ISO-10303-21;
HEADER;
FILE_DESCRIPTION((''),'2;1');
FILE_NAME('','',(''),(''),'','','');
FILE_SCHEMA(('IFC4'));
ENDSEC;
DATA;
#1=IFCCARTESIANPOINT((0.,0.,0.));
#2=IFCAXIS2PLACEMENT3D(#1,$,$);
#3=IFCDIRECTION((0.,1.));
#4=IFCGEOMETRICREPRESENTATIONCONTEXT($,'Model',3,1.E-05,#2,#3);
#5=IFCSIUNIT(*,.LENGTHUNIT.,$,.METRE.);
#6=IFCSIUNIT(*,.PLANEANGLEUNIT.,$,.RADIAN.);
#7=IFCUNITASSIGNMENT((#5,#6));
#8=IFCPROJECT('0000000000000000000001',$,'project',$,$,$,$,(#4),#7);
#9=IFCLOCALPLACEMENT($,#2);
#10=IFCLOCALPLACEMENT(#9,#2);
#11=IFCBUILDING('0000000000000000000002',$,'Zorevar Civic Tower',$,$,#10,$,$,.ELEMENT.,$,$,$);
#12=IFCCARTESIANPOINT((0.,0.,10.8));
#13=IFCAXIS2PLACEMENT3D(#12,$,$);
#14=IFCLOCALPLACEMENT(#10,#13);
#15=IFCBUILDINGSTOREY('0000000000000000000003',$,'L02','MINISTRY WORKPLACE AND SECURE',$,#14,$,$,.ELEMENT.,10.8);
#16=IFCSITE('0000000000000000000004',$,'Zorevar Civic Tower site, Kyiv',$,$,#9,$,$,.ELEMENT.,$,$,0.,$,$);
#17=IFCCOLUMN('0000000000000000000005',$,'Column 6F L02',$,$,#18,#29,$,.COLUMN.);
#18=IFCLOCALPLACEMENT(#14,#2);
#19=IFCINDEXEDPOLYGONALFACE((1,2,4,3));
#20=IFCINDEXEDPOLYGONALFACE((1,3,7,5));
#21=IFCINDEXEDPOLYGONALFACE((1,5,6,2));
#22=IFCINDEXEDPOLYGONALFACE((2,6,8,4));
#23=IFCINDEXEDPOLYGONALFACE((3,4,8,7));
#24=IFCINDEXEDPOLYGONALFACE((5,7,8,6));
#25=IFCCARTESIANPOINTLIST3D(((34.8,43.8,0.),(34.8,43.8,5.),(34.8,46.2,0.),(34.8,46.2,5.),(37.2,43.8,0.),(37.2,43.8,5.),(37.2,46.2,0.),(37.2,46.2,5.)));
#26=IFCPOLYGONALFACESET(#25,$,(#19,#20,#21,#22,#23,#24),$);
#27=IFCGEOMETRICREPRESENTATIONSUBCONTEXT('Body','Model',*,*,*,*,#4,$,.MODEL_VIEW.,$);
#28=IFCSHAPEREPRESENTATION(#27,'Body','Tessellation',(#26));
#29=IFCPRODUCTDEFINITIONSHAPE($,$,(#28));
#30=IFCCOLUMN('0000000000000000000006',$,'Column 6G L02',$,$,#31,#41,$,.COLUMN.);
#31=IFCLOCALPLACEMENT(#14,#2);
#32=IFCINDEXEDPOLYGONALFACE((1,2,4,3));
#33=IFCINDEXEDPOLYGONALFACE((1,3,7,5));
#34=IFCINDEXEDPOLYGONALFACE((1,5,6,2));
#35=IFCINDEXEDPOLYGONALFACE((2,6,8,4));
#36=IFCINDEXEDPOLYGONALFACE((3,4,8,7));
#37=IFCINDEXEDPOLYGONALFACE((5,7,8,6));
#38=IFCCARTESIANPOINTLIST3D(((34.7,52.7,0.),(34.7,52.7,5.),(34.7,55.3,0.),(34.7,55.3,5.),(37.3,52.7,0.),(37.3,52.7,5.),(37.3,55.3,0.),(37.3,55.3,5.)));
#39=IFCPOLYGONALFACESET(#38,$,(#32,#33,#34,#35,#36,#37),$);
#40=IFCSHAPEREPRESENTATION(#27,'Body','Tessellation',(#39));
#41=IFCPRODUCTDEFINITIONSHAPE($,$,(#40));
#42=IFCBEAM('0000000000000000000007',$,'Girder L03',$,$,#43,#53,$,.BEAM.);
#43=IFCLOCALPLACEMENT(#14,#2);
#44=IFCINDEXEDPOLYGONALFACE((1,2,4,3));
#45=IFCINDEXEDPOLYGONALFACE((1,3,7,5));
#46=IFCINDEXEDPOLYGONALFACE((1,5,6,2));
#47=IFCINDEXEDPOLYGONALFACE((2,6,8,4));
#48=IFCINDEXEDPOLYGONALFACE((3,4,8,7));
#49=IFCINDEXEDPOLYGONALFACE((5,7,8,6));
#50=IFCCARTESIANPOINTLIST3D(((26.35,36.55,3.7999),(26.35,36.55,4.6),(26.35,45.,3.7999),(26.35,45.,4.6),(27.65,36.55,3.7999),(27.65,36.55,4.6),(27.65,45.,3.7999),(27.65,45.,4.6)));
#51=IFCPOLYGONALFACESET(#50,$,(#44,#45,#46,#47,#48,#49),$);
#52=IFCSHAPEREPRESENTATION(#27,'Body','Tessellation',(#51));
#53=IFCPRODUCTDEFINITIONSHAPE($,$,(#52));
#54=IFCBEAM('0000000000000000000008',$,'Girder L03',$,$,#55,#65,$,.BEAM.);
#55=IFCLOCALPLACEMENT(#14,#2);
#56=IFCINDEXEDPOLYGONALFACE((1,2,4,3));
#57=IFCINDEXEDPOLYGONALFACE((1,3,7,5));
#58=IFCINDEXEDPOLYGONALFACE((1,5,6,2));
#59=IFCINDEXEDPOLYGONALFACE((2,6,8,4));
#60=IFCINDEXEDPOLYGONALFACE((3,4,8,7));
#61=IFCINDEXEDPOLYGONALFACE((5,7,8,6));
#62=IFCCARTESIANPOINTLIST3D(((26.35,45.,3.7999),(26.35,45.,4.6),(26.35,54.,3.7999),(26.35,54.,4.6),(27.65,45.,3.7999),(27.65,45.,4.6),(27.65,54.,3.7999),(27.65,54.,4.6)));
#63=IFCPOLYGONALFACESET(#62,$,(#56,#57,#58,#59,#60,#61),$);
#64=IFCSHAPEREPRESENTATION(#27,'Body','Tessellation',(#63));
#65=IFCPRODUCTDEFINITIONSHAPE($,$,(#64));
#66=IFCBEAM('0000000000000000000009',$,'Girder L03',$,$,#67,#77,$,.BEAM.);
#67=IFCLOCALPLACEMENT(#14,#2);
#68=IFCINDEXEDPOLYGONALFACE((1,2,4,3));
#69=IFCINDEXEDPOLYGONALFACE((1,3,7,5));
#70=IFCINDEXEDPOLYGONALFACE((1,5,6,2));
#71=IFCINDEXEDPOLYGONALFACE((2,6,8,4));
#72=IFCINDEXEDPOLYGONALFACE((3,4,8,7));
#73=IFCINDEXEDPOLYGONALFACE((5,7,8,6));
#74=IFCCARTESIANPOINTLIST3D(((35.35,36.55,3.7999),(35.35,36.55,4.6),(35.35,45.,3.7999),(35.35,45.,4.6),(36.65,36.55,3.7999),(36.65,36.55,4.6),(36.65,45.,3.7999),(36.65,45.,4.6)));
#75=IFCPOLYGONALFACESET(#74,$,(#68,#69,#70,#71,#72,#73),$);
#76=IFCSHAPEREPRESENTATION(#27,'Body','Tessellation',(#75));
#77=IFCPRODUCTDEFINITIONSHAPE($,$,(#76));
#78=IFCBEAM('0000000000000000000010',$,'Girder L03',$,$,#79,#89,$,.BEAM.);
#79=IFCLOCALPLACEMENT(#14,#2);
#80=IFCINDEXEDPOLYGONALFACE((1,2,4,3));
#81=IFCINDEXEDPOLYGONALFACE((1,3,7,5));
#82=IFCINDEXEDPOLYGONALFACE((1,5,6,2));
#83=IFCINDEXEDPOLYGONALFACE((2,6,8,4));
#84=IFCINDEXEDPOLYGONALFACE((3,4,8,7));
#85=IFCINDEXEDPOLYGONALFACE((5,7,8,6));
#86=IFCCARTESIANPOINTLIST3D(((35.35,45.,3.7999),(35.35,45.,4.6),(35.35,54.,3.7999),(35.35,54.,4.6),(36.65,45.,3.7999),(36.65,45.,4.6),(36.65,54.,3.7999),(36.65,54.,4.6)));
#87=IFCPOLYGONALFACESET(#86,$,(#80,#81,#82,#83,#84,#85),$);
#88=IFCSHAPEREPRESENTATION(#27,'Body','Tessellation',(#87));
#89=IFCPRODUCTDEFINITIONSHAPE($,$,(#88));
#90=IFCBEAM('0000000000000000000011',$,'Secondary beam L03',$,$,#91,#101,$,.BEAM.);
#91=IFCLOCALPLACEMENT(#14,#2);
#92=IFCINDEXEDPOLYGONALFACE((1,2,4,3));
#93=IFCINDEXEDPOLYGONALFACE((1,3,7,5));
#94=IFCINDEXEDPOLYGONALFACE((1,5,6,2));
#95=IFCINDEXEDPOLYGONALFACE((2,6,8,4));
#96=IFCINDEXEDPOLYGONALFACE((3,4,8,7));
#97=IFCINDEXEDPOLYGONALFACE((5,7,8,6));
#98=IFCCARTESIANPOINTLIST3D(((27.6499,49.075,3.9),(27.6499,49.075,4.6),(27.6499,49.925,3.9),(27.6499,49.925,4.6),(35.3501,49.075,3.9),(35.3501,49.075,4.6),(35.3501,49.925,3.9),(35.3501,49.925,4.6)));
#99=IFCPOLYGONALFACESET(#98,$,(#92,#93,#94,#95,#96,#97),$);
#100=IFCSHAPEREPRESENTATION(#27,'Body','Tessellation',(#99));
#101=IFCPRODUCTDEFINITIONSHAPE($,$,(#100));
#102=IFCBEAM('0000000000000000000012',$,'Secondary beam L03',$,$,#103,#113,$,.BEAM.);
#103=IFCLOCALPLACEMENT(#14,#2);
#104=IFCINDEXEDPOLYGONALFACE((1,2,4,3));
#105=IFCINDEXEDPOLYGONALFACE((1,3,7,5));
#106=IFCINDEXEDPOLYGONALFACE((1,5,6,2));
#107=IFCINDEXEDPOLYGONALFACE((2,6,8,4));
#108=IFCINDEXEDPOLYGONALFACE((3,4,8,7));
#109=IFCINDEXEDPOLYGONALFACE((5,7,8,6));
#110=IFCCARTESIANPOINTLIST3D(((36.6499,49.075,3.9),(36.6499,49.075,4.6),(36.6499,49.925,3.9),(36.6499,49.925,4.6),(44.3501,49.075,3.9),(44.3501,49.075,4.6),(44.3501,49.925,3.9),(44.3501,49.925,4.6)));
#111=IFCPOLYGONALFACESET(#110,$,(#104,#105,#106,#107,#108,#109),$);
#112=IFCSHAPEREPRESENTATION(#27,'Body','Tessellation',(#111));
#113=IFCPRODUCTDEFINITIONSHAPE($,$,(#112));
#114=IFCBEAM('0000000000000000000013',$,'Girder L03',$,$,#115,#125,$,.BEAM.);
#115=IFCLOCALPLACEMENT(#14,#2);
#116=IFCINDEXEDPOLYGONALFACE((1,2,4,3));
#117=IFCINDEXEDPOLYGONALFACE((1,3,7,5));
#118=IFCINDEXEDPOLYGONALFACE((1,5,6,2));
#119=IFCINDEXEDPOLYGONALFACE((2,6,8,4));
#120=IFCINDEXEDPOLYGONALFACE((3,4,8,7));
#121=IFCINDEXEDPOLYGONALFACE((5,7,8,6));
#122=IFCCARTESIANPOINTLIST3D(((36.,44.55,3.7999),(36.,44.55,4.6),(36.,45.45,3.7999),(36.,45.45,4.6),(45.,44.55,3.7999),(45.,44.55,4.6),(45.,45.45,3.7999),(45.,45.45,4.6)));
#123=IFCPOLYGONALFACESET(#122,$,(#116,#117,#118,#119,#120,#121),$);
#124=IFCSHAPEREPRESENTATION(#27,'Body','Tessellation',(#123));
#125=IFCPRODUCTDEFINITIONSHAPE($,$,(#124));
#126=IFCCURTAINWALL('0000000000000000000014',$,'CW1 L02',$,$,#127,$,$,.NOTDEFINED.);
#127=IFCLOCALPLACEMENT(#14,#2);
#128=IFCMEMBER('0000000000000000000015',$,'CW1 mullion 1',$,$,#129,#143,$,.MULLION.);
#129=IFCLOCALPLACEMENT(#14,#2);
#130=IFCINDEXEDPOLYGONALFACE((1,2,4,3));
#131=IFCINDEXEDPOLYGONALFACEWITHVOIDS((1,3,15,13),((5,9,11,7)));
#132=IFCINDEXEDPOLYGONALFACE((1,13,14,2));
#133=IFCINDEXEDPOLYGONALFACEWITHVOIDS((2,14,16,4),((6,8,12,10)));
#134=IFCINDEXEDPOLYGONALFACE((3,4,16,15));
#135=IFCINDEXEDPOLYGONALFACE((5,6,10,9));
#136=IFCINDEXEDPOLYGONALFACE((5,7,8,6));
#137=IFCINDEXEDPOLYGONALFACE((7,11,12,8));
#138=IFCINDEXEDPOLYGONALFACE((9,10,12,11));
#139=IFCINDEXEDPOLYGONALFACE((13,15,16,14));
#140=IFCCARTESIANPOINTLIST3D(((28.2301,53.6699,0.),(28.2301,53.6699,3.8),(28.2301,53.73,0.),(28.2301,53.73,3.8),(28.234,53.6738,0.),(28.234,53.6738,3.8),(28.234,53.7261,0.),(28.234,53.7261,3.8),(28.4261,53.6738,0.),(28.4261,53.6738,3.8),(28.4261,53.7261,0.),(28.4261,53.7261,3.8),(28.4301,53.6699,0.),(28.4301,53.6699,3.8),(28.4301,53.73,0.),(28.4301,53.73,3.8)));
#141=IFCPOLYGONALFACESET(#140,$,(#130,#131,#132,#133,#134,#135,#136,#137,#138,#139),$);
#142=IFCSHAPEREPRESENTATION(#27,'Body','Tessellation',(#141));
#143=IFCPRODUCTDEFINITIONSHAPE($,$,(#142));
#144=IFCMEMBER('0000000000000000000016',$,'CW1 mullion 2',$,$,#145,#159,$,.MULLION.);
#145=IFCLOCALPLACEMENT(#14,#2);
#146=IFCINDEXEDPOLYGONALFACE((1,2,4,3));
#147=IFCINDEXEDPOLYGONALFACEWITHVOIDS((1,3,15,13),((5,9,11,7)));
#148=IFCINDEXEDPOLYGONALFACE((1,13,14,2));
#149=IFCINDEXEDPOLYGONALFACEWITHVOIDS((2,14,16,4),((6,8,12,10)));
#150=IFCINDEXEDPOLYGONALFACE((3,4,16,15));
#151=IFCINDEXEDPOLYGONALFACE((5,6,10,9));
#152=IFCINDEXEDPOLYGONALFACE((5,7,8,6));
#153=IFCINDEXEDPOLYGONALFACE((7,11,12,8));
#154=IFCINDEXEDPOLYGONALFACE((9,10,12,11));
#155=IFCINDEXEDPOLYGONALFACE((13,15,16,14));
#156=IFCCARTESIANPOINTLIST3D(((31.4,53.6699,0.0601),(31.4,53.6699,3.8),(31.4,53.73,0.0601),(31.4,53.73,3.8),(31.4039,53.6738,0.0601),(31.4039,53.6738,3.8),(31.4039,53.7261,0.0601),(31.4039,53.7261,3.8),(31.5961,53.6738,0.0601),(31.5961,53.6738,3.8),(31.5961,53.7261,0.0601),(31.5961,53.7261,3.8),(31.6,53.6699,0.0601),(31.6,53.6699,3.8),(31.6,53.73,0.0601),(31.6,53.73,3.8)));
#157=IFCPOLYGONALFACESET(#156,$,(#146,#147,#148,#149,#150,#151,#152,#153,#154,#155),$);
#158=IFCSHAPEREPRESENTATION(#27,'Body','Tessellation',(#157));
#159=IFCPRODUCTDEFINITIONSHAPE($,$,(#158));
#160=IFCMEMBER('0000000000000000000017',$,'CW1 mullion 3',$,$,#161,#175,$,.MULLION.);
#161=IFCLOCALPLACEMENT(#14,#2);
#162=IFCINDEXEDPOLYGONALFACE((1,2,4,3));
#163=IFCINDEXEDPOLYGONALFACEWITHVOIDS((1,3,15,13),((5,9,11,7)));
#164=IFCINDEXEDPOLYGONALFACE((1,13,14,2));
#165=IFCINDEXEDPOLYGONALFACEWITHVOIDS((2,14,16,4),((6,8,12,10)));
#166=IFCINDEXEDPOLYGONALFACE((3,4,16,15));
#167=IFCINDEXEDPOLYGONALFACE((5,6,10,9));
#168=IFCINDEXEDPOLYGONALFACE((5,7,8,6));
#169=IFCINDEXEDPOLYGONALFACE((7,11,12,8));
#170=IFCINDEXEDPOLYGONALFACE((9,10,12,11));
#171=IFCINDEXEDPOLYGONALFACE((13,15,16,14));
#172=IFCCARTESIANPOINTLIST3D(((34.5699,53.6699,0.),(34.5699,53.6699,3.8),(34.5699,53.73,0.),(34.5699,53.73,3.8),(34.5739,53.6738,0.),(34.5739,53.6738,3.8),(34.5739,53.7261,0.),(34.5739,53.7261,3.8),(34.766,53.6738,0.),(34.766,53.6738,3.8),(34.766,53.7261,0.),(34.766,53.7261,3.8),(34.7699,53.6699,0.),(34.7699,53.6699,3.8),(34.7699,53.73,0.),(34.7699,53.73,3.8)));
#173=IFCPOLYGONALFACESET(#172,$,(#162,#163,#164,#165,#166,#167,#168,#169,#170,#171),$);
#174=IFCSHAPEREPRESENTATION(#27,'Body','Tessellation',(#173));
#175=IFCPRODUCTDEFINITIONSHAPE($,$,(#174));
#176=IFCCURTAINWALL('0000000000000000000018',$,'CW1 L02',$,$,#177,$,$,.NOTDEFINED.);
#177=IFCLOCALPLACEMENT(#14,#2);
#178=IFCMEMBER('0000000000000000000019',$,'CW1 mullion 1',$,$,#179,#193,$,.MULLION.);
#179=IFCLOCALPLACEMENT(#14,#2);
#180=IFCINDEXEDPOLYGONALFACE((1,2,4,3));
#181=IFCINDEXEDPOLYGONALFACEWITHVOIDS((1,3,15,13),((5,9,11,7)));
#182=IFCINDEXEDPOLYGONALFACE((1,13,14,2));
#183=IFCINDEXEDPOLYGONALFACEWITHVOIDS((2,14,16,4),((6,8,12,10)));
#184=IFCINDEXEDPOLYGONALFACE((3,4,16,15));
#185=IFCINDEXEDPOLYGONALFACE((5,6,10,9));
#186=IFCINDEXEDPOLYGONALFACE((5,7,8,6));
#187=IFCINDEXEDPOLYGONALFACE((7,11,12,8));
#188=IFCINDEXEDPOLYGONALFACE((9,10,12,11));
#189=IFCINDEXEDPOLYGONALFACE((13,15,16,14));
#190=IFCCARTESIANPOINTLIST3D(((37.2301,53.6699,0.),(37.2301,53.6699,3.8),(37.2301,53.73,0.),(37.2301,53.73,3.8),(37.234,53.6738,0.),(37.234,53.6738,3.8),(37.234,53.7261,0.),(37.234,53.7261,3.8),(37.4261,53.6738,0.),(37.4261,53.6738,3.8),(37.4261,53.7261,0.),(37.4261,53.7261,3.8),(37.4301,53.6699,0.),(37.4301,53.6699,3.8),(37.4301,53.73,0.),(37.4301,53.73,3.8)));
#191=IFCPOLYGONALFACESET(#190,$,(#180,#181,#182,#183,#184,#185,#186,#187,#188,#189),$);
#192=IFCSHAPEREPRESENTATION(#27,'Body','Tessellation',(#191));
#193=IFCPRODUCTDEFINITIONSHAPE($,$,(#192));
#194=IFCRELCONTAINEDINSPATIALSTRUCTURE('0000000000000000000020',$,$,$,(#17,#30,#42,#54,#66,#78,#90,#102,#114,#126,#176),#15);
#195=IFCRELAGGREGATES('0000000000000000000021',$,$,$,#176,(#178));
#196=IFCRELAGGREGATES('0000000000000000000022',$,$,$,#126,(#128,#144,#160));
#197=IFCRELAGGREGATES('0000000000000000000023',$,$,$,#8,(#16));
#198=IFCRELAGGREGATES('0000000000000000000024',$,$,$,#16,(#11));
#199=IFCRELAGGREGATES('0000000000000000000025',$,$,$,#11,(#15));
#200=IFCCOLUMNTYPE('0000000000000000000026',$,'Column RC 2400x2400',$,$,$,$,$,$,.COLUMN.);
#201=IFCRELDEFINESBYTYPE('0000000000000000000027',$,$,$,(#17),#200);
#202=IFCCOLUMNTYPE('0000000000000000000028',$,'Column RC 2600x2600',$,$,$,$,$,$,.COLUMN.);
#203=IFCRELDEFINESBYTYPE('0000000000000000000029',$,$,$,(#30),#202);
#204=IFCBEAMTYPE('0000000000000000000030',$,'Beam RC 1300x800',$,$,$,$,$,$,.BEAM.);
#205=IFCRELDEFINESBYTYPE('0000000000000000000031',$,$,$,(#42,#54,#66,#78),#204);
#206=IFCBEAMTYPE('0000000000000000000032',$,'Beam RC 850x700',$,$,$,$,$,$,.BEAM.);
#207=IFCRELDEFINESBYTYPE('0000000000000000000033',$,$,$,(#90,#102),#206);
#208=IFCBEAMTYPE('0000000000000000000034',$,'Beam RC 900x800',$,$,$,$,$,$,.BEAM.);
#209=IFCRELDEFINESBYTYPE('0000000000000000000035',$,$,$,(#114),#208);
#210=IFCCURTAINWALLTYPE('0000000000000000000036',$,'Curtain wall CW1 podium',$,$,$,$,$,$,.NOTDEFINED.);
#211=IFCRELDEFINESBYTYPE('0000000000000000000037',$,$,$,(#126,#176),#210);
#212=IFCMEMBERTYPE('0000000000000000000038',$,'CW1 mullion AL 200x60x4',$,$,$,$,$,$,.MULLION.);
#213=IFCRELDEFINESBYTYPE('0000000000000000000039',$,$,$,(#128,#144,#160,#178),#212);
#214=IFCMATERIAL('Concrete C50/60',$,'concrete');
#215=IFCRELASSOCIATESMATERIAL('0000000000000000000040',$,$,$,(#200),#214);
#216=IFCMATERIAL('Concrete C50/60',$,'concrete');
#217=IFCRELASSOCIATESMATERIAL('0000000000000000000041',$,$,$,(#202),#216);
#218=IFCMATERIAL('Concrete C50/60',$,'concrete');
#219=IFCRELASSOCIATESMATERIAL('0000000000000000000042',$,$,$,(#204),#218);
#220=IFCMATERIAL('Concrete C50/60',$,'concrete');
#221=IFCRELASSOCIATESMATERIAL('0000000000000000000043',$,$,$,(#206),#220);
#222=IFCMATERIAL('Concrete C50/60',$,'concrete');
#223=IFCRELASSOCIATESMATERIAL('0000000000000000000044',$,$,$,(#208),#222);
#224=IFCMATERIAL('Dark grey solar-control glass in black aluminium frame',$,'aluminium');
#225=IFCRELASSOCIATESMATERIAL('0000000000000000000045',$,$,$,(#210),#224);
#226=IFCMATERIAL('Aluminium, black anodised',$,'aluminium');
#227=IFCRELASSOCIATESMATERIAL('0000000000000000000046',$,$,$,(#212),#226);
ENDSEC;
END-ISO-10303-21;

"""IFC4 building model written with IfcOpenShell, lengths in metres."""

from ifc_helpers import new_model, si_unit, direction, frame, origin, origin_2d, place, context, subcontext, project, spatial, rectangle, hollow_rectangle, extrude, material, material_profile, profile_set, type_object, element, aggregate, save


model = new_model("IFC4")

# Units and contexts
model_context = context("Model", 3, precision=1e-05, world=origin(), true_north=direction((0.0, 1.0)))
body_context = subcontext(model_context, "Body", "Model", "MODEL_VIEW")
ifc_project = project(units=[si_unit("LENGTHUNIT", "METRE"), si_unit("PLANEANGLEUNIT", "RADIAN")], contexts=[model_context])

# Site, building, storey
site_placement = place(None, origin())
site = spatial("IfcSite", under=ifc_project, at=site_placement, Name="Zorevar Civic Tower site, Kyiv", CompositionType="ELEMENT", RefElevation=0.0)
building_placement = place(site_placement, origin())
building = spatial("IfcBuilding", under=site, at=building_placement, Name="Zorevar Civic Tower", CompositionType="ELEMENT")
storey_placement = place(building_placement, frame((0.0, 0.0, 10.8)))
storey = spatial("IfcBuildingStorey", under=building, at=storey_placement, Name="L02", Description="MINISTRY WORKPLACE AND SECURE", CompositionType="ELEMENT", Elevation=10.8)

# Columns
ifc_material_1 = material(Name="Concrete C50/60", Category="concrete")
ifc_material_profile_1 = material_profile(ifc_material_1, rectangle(XDim=2.3999, YDim=2.3999, at=origin_2d()), Name="RC 2400x2400")
ifc_profile_set_1 = profile_set([ifc_material_profile_1], Name="Concrete C50/60")
column_type_1 = type_object("IfcColumnType", Name="Column RC 2400x2400", PredefinedType="COLUMN", material=ifc_profile_set_1)
column_1_placement = place(storey_placement, frame((36.0, 45.0, 0.0), z_axis=(0.0, 0.0, 1.0), x_axis=(1.0, 0.0, 0.0)))
element("IfcColumn", 1, at=column_1_placement, inside=storey, type_object=column_type_1, Name="Column 6F L02", PredefinedType="COLUMN", context=body_context, shape_type="SweptSolid", body=[
    extrude(rectangle(XDim=2.3999, YDim=2.3999, at=origin_2d()), origin(), (0.0, 0.0, 1.0), 5.0),
])
ifc_material_2 = material(Name="Concrete C50/60", Category="concrete")
ifc_material_profile_2 = material_profile(ifc_material_2, rectangle(XDim=2.6001, YDim=2.6001, at=origin_2d()), Name="RC 2600x2600")
ifc_profile_set_2 = profile_set([ifc_material_profile_2], Name="Concrete C50/60")
column_type_2 = type_object("IfcColumnType", Name="Column RC 2600x2600", PredefinedType="COLUMN", material=ifc_profile_set_2)
column_2_placement = place(storey_placement, frame((36.0, 54.0, 0.0), z_axis=(0.0, 0.0, 1.0), x_axis=(1.0, 0.0, 0.0)))
element("IfcColumn", 2, at=column_2_placement, inside=storey, type_object=column_type_2, Name="Column 6G L02", PredefinedType="COLUMN", context=body_context, shape_type="SweptSolid", body=[
    extrude(rectangle(XDim=2.6001, YDim=2.6001, at=origin_2d()), origin(), (0.0, 0.0, 1.0), 5.0),
])

# Beams
ifc_material_3 = material(Name="Concrete C50/60", Category="concrete")
ifc_material_profile_3 = material_profile(ifc_material_3, rectangle(XDim=1.3, YDim=0.8, at=origin_2d()), Name="RC 1300x800")
ifc_profile_set_3 = profile_set([ifc_material_profile_3], Name="Concrete C50/60")
beam_type_1 = type_object("IfcBeamType", Name="Beam RC 1300x800", PredefinedType="BEAM", material=ifc_profile_set_3)
beam_1_placement = place(storey_placement, frame((27.0, 36.55, 4.2), z_axis=(0.0, 1.0, 0.0), x_axis=(-1.0, 0.0, 0.0)))
element("IfcBeam", 3, at=beam_1_placement, inside=storey, type_object=beam_type_1, Name="Girder L03", PredefinedType="BEAM", context=body_context, shape_type="SweptSolid", body=[
    extrude(rectangle(XDim=1.3, YDim=0.8, at=origin_2d()), origin(), (0.0, 0.0, 1.0), 8.45),
])
beam_2_placement = place(storey_placement, frame((27.0, 45.0, 4.2), z_axis=(0.0, 1.0, 0.0), x_axis=(-1.0, 0.0, 0.0)))
element("IfcBeam", 4, at=beam_2_placement, inside=storey, type_object=beam_type_1, Name="Girder L03", PredefinedType="BEAM", context=body_context, shape_type="SweptSolid", body=[
    extrude(rectangle(XDim=1.3, YDim=0.8, at=origin_2d()), origin(), (0.0, 0.0, 1.0), 9.0),
])
beam_3_placement = place(storey_placement, frame((36.0, 36.55, 4.2), z_axis=(0.0, 1.0, 0.0), x_axis=(-1.0, 0.0, 0.0)))
element("IfcBeam", 5, at=beam_3_placement, inside=storey, type_object=beam_type_1, Name="Girder L03", PredefinedType="BEAM", context=body_context, shape_type="SweptSolid", body=[
    extrude(rectangle(XDim=1.3, YDim=0.8, at=origin_2d()), origin(), (0.0, 0.0, 1.0), 8.45),
])
beam_4_placement = place(storey_placement, frame((36.0, 45.0, 4.2), z_axis=(0.0, 1.0, 0.0), x_axis=(-1.0, 0.0, 0.0)))
element("IfcBeam", 6, at=beam_4_placement, inside=storey, type_object=beam_type_1, Name="Girder L03", PredefinedType="BEAM", context=body_context, shape_type="SweptSolid", body=[
    extrude(rectangle(XDim=1.3, YDim=0.8, at=origin_2d()), origin(), (0.0, 0.0, 1.0), 9.0),
])
ifc_material_4 = material(Name="Concrete C50/60", Category="concrete")
ifc_material_profile_4 = material_profile(ifc_material_4, rectangle(XDim=0.8501, YDim=0.7, at=origin_2d()), Name="RC 850x700")
ifc_profile_set_4 = profile_set([ifc_material_profile_4], Name="Concrete C50/60")
beam_type_2 = type_object("IfcBeamType", Name="Beam RC 850x700", PredefinedType="BEAM", material=ifc_profile_set_4)
for number, where, z_axis, x_axis, name in (
    (7, (27.6499, 49.5, 4.25), (1.0, 0.0, 0.0), (0.0, 1.0, 0.0), "Secondary beam L03"),
    (8, (36.6499, 49.5, 4.25), (1.0, 0.0, 0.0), (0.0, 1.0, 0.0), "Secondary beam L03"),
):
    element("IfcBeam", number, at=place(storey_placement, frame(where, z_axis=z_axis, x_axis=x_axis)), inside=storey, type_object=beam_type_2, Name=name, PredefinedType="BEAM", context=body_context, shape_type="SweptSolid", body=[
        extrude(rectangle(XDim=0.8501, YDim=0.7, at=origin_2d()), origin(), (0.0, 0.0, 1.0), 7.7002),
    ])
ifc_material_5 = material(Name="Concrete C50/60", Category="concrete")
ifc_material_profile_5 = material_profile(ifc_material_5, rectangle(XDim=0.8999, YDim=0.8, at=origin_2d()), Name="RC 900x800")
ifc_profile_set_5 = profile_set([ifc_material_profile_5], Name="Concrete C50/60")
beam_type_3 = type_object("IfcBeamType", Name="Beam RC 900x800", PredefinedType="BEAM", material=ifc_profile_set_5)
beam_5_placement = place(storey_placement, frame((36.0, 45.0, 4.2), z_axis=(1.0, 0.0, 0.0), x_axis=(0.0, 1.0, 0.0)))
element("IfcBeam", 9, at=beam_5_placement, inside=storey, type_object=beam_type_3, Name="Girder L03", PredefinedType="BEAM", context=body_context, shape_type="SweptSolid", body=[
    extrude(rectangle(XDim=0.8999, YDim=0.8, at=origin_2d()), origin(), (0.0, 0.0, 1.0), 9.0),
])

# Curtain wall, members
ifc_material_6 = material(Name="Dark grey solar-control glass in black aluminium frame", Category="aluminium")
curtain_wall_type = type_object("IfcCurtainWallType", Name="Curtain wall CW1 podium", PredefinedType="NOTDEFINED", material=ifc_material_6)
curtain_wall_1_placement = place(storey_placement, origin())
curtain_wall_1 = element("IfcCurtainWall", 10, at=curtain_wall_1_placement, inside=storey, type_object=curtain_wall_type, Name="CW1 L02", PredefinedType="NOTDEFINED")
ifc_material_7 = material(Name="Aluminium, black anodised", Category="aluminium")
ifc_material_profile_6 = material_profile(ifc_material_7, hollow_rectangle(XDim=0.0601, YDim=0.2, WallThickness=0.0039, at=origin_2d()), Name="AL 200x60x4")
ifc_profile_set_6 = profile_set([ifc_material_profile_6], Name="Aluminium, black anodised")
member_type_1 = type_object("IfcMemberType", Name="CW1 mullion AL 200x60x4", PredefinedType="MULLION", material=ifc_profile_set_6)
member_1_placement = place(storey_placement, frame((28.3301, 53.7, 0.0), z_axis=(0.0, 0.0, 1.0), x_axis=(0.0, 1.0, 0.0)))
member_1 = element("IfcMember", 11, at=member_1_placement, type_object=member_type_1, Name="CW1 mullion 1", PredefinedType="MULLION", context=body_context, shape_type="SweptSolid", body=[
    extrude(hollow_rectangle(XDim=0.0601, YDim=0.2, WallThickness=0.0039, at=origin_2d()), origin(), (0.0, 0.0, 1.0), 3.8),
])
member_2_placement = place(storey_placement, frame((31.5, 53.7, 0.0601), z_axis=(0.0, 0.0, 1.0), x_axis=(0.0, 1.0, 0.0)))
member_2 = element("IfcMember", 12, at=member_2_placement, type_object=member_type_1, Name="CW1 mullion 2", PredefinedType="MULLION", context=body_context, shape_type="SweptSolid", body=[
    extrude(hollow_rectangle(XDim=0.0601, YDim=0.2, WallThickness=0.0039, at=origin_2d()), origin(), (0.0, 0.0, 1.0), 3.74),
])
member_3_placement = place(storey_placement, frame((34.6699, 53.7, 0.0), z_axis=(0.0, 0.0, 1.0), x_axis=(0.0, 1.0, 0.0)))
member_3 = element("IfcMember", 13, at=member_3_placement, type_object=member_type_1, Name="CW1 mullion 3", PredefinedType="MULLION", context=body_context, shape_type="SweptSolid", body=[
    extrude(hollow_rectangle(XDim=0.0601, YDim=0.2, WallThickness=0.0039, at=origin_2d()), origin(), (0.0, 0.0, 1.0), 3.8),
])

# Curtain wall, member
curtain_wall_2_placement = place(storey_placement, origin())
curtain_wall_2 = element("IfcCurtainWall", 14, at=curtain_wall_2_placement, inside=storey, type_object=curtain_wall_type, Name="CW1 L02", PredefinedType="NOTDEFINED")
member_4_placement = place(storey_placement, frame((37.3301, 53.7, 0.0), z_axis=(0.0, 0.0, 1.0), x_axis=(0.0, 1.0, 0.0)))
member_4 = element("IfcMember", 15, at=member_4_placement, type_object=member_type_1, Name="CW1 mullion 1", PredefinedType="MULLION", context=body_context, shape_type="SweptSolid", body=[
    extrude(hollow_rectangle(XDim=0.0601, YDim=0.2, WallThickness=0.0039, at=origin_2d()), origin(), (0.0, 0.0, 1.0), 3.8),
])

aggregate(curtain_wall_2, [member_4])

aggregate(curtain_wall_1, [member_1, member_2, member_3])

save(model, "model.ifc")
